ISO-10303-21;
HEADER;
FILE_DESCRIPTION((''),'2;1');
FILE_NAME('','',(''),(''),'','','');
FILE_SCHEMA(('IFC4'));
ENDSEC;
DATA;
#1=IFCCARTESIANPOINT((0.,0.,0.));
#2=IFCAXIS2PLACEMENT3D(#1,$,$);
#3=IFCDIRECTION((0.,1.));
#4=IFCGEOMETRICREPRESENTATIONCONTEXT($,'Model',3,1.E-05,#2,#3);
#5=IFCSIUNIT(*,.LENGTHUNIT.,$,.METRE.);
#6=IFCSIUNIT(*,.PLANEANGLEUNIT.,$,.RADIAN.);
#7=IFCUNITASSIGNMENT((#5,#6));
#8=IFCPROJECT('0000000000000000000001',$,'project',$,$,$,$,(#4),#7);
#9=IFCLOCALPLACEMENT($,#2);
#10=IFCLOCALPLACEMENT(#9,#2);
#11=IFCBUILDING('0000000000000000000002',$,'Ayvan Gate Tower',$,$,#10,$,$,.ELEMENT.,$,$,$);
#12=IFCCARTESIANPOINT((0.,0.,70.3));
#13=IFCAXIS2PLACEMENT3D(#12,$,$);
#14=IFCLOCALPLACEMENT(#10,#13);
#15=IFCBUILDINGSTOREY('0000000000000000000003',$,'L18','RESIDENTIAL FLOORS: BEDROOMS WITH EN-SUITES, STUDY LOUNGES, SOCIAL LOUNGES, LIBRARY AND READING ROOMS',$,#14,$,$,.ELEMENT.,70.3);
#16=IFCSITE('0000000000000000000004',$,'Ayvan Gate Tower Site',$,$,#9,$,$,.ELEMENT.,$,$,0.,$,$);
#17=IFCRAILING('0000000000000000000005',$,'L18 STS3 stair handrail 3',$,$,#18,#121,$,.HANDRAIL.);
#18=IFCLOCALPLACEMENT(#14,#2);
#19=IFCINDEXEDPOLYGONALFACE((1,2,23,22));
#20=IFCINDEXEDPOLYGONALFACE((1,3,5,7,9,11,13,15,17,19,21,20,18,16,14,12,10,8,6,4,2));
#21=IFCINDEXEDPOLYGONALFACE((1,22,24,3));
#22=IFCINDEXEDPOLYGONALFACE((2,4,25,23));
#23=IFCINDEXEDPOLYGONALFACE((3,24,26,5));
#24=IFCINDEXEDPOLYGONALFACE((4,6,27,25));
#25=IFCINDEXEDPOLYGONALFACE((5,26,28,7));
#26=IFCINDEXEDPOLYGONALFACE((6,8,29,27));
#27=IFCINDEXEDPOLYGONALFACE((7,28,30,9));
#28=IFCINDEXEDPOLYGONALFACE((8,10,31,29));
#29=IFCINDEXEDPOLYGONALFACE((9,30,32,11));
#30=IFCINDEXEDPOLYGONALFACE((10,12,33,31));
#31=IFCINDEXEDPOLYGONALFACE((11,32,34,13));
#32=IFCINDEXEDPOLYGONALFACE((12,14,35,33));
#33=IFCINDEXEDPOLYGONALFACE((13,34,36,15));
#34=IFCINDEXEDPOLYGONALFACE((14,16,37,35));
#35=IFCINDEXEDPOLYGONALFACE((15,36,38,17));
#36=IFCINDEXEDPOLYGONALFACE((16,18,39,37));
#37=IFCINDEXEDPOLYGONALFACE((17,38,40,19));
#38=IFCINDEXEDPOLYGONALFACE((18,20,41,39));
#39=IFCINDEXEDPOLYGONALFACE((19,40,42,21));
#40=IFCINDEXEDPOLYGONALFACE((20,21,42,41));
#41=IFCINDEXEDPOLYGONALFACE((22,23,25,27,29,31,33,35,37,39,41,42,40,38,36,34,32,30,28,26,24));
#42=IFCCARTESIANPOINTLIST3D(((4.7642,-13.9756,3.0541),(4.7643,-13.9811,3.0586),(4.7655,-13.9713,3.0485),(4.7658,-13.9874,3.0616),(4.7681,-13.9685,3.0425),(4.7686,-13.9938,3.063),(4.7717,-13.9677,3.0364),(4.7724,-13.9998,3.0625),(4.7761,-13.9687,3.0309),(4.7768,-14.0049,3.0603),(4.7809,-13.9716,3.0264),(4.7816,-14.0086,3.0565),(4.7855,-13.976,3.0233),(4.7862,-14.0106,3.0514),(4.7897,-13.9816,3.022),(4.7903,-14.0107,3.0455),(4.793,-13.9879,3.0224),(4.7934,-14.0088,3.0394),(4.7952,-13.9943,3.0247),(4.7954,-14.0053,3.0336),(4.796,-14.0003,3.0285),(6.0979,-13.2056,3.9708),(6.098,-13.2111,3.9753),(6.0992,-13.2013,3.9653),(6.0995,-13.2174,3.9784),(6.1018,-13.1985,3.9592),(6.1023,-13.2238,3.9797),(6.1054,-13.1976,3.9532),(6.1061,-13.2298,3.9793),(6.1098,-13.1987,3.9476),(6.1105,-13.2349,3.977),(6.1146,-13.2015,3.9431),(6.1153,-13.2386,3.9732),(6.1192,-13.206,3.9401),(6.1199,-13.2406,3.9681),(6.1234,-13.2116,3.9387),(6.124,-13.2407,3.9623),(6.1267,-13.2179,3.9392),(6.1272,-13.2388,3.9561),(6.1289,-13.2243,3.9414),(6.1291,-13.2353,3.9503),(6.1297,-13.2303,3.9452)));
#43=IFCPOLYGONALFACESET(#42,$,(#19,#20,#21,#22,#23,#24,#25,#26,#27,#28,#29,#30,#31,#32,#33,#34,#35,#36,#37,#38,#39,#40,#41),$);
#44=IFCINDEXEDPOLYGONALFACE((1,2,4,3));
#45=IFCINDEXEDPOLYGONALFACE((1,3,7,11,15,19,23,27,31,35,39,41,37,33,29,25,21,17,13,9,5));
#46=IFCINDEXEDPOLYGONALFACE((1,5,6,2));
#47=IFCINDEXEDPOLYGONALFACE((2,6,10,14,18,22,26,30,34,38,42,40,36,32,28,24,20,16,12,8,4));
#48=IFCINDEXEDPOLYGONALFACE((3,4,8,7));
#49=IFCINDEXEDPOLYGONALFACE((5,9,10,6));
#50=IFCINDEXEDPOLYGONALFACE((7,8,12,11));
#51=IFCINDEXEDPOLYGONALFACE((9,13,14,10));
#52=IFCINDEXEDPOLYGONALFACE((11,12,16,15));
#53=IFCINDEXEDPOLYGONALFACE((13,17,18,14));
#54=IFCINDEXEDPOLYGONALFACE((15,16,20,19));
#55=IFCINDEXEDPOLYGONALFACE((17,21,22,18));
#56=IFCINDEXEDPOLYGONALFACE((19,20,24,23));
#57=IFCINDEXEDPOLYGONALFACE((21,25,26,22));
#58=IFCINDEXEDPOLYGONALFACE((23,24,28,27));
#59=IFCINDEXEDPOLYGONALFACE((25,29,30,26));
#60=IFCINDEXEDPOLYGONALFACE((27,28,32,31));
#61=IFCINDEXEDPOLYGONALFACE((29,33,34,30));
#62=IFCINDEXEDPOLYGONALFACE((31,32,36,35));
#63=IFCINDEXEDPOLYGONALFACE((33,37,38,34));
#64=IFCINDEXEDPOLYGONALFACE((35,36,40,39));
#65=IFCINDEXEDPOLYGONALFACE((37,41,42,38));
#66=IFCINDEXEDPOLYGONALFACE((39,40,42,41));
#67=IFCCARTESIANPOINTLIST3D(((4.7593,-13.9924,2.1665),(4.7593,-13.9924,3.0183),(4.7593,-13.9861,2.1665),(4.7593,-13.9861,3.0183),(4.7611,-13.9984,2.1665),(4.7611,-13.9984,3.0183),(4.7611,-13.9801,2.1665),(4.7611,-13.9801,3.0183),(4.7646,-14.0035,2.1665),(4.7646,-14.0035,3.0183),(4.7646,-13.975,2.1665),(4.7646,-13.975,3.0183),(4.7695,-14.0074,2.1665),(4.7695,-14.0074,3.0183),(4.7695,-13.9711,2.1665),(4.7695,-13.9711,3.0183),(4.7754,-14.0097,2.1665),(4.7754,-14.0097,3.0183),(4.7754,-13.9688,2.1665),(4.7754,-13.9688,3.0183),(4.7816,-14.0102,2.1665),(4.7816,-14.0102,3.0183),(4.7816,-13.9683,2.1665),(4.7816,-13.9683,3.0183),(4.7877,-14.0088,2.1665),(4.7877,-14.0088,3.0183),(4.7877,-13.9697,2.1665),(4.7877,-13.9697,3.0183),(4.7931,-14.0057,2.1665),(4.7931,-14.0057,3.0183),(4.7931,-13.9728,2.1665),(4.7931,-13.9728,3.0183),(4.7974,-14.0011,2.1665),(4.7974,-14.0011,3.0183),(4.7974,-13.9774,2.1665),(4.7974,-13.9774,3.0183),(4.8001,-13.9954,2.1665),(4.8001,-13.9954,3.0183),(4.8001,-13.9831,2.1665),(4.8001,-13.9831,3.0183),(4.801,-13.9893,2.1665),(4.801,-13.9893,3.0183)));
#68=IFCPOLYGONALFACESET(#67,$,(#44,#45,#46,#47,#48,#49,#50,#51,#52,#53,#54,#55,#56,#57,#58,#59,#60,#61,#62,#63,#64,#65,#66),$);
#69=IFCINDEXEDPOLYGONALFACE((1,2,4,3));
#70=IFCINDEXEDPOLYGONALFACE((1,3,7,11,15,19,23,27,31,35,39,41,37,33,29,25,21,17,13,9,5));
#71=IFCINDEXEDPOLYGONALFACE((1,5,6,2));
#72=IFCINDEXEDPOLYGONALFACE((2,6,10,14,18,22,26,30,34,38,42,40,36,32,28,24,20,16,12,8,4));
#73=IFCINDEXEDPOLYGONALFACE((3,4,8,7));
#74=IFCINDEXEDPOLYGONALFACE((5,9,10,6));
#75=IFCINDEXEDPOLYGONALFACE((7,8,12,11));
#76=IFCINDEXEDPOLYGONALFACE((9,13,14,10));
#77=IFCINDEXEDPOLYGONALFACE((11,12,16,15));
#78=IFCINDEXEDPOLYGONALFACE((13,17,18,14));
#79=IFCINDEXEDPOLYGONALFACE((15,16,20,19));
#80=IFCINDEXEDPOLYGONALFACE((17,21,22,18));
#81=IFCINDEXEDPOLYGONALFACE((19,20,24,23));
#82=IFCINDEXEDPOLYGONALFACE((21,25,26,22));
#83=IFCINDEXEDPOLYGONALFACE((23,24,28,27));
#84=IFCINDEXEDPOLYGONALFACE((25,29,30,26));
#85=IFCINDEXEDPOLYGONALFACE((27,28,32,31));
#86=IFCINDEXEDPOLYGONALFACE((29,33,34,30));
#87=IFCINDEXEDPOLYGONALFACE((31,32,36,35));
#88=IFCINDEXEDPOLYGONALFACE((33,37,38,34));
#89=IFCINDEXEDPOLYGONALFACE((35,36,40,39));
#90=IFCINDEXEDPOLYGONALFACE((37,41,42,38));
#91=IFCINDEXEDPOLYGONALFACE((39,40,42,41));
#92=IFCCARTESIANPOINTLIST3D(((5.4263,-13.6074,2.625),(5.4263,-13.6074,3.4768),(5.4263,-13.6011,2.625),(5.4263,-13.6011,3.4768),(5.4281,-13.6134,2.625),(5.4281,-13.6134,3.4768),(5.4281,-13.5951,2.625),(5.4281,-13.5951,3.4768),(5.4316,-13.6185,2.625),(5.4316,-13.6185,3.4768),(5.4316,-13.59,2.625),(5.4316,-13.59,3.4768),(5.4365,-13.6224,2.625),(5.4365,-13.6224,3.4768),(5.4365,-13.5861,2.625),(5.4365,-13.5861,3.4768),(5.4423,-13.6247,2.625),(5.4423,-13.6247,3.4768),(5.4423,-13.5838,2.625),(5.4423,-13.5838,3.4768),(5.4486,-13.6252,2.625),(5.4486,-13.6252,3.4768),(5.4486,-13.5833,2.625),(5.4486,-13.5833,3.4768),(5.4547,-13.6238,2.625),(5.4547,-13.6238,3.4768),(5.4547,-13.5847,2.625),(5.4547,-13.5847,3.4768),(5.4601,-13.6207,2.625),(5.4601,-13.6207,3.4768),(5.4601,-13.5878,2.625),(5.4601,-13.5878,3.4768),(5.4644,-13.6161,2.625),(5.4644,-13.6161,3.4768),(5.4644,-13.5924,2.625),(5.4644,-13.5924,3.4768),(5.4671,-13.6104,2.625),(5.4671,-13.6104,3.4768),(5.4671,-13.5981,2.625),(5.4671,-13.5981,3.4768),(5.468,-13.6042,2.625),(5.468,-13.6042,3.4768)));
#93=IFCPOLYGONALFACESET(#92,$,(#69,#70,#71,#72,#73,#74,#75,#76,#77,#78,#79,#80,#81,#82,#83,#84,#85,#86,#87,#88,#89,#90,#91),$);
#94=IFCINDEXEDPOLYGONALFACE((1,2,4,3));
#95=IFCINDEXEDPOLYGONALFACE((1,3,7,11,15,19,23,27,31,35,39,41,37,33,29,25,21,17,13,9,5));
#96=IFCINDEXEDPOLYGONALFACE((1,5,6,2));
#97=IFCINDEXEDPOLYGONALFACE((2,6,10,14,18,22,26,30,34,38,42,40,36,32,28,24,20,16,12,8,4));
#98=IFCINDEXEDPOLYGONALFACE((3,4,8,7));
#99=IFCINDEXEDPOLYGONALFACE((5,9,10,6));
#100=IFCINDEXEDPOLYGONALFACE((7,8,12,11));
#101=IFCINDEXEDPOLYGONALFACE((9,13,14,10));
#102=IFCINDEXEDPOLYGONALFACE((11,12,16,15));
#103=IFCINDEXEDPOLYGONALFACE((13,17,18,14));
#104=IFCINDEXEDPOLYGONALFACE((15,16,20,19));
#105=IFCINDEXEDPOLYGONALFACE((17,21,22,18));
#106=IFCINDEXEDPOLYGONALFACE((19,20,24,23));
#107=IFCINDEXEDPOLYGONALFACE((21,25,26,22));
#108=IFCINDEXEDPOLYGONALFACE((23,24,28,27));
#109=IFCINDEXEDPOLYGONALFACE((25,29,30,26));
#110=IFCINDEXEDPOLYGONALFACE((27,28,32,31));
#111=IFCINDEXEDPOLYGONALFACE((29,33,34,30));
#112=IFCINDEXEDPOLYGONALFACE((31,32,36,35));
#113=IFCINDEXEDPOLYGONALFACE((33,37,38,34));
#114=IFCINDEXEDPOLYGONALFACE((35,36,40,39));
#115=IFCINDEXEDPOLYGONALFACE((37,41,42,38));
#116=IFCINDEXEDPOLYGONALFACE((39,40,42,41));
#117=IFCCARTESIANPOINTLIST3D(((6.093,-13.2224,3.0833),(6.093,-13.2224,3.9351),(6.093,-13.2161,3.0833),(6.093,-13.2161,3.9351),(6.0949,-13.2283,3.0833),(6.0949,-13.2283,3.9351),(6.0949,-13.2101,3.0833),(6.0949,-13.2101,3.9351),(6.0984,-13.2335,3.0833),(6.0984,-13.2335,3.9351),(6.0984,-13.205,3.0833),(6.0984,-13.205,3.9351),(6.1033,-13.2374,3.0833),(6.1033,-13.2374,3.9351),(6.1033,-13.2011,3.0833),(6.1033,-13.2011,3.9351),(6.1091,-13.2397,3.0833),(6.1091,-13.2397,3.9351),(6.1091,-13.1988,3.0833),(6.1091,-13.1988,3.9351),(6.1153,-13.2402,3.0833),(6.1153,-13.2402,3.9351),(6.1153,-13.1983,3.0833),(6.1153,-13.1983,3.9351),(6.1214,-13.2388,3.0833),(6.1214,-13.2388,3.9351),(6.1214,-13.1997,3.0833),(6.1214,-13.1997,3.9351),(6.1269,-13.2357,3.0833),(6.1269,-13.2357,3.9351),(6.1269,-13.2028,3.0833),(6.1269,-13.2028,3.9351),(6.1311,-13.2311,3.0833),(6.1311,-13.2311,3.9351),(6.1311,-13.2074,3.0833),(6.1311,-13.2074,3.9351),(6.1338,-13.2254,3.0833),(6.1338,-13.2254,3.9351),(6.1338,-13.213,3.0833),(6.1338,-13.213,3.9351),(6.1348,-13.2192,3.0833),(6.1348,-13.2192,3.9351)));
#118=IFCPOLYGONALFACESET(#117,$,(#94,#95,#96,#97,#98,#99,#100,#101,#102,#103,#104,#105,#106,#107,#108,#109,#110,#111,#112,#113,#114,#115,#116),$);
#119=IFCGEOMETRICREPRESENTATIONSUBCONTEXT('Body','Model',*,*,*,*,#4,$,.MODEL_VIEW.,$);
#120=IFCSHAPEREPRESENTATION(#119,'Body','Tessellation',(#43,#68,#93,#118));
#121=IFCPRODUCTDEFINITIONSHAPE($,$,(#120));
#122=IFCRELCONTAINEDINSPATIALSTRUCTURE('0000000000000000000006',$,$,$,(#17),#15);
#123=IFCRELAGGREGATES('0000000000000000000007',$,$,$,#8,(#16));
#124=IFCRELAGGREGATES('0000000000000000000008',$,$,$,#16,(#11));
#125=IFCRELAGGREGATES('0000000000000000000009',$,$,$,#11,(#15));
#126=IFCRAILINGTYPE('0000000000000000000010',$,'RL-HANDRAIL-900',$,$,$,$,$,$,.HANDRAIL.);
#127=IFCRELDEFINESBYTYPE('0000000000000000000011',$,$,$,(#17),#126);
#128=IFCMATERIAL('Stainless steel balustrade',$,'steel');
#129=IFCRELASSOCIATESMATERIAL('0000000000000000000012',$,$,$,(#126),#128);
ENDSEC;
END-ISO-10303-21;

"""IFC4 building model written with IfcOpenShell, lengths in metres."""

from ifc_helpers import new_model, si_unit, direction, frame, origin, origin_2d, place, context, subcontext, project, spatial, circle, extrude, material, type_object, element, save


model = new_model("IFC4")

# Units and contexts
model_context = context("Model", 3, precision=1e-05, world=origin(), true_north=direction((0.0, 1.0)))
body_context = subcontext(model_context, "Body", "Model", "MODEL_VIEW")
ifc_project = project(units=[si_unit("LENGTHUNIT", "METRE"), si_unit("PLANEANGLEUNIT", "RADIAN")], contexts=[model_context])

# Site, building, storey
site_placement = place(None, origin())
site = spatial("IfcSite", under=ifc_project, at=site_placement, Name="Ayvan Gate Tower Site", CompositionType="ELEMENT", RefElevation=0.0)
building_placement = place(site_placement, origin())
building = spatial("IfcBuilding", under=site, at=building_placement, Name="Ayvan Gate Tower", CompositionType="ELEMENT")
storey_placement = place(building_placement, frame((0.0, 0.0, 70.3)))
storey = spatial("IfcBuildingStorey", under=building, at=storey_placement, Name="L18", Description="RESIDENTIAL FLOORS: BEDROOMS WITH EN-SUITES, STUDY LOUNGES, SOCIAL LOUNGES, LIBRARY AND READING ROOMS", CompositionType="ELEMENT", Elevation=70.3)

# Railing
ifc_material_1 = material(Name="Stainless steel balustrade", Category="steel")
railing_type_1 = type_object("IfcRailingType", Name="RL-HANDRAIL-900", PredefinedType="HANDRAIL", material=ifc_material_1)
railing_1_placement = place(storey_placement, frame((4.78, -13.9893, 2.1665)))
element("IfcRailing", 1, at=railing_1_placement, inside=storey, type_object=railing_type_1, Name="L18 STS3 stair handrail 3", PredefinedType="HANDRAIL", context=body_context, shape_type="SweptSolid", body=[
    extrude(circle(Radius=0.0239, at=origin_2d()), frame((0.0, 0.0, 0.876), z_axis=(0.744164, 0.429634, 0.511502), x_axis=(-0.499992, 0.86603, 0.0)), (0.0, 0.0, 1.0), 1.7922),
    extrude(circle(Radius=0.021, at=origin_2d()), origin(), (0.0, 0.0, 1.0), 0.8518),
    extrude(circle(Radius=0.021, at=origin_2d()), frame((0.667, 0.385, 0.4585)), (0.0, 0.0, 1.0), 0.8518),
    extrude(circle(Radius=0.021, at=origin_2d()), frame((1.3337, 0.77, 0.9167)), (0.0, 0.0, 1.0), 0.8518),
])

save(model, "model.ifc")
